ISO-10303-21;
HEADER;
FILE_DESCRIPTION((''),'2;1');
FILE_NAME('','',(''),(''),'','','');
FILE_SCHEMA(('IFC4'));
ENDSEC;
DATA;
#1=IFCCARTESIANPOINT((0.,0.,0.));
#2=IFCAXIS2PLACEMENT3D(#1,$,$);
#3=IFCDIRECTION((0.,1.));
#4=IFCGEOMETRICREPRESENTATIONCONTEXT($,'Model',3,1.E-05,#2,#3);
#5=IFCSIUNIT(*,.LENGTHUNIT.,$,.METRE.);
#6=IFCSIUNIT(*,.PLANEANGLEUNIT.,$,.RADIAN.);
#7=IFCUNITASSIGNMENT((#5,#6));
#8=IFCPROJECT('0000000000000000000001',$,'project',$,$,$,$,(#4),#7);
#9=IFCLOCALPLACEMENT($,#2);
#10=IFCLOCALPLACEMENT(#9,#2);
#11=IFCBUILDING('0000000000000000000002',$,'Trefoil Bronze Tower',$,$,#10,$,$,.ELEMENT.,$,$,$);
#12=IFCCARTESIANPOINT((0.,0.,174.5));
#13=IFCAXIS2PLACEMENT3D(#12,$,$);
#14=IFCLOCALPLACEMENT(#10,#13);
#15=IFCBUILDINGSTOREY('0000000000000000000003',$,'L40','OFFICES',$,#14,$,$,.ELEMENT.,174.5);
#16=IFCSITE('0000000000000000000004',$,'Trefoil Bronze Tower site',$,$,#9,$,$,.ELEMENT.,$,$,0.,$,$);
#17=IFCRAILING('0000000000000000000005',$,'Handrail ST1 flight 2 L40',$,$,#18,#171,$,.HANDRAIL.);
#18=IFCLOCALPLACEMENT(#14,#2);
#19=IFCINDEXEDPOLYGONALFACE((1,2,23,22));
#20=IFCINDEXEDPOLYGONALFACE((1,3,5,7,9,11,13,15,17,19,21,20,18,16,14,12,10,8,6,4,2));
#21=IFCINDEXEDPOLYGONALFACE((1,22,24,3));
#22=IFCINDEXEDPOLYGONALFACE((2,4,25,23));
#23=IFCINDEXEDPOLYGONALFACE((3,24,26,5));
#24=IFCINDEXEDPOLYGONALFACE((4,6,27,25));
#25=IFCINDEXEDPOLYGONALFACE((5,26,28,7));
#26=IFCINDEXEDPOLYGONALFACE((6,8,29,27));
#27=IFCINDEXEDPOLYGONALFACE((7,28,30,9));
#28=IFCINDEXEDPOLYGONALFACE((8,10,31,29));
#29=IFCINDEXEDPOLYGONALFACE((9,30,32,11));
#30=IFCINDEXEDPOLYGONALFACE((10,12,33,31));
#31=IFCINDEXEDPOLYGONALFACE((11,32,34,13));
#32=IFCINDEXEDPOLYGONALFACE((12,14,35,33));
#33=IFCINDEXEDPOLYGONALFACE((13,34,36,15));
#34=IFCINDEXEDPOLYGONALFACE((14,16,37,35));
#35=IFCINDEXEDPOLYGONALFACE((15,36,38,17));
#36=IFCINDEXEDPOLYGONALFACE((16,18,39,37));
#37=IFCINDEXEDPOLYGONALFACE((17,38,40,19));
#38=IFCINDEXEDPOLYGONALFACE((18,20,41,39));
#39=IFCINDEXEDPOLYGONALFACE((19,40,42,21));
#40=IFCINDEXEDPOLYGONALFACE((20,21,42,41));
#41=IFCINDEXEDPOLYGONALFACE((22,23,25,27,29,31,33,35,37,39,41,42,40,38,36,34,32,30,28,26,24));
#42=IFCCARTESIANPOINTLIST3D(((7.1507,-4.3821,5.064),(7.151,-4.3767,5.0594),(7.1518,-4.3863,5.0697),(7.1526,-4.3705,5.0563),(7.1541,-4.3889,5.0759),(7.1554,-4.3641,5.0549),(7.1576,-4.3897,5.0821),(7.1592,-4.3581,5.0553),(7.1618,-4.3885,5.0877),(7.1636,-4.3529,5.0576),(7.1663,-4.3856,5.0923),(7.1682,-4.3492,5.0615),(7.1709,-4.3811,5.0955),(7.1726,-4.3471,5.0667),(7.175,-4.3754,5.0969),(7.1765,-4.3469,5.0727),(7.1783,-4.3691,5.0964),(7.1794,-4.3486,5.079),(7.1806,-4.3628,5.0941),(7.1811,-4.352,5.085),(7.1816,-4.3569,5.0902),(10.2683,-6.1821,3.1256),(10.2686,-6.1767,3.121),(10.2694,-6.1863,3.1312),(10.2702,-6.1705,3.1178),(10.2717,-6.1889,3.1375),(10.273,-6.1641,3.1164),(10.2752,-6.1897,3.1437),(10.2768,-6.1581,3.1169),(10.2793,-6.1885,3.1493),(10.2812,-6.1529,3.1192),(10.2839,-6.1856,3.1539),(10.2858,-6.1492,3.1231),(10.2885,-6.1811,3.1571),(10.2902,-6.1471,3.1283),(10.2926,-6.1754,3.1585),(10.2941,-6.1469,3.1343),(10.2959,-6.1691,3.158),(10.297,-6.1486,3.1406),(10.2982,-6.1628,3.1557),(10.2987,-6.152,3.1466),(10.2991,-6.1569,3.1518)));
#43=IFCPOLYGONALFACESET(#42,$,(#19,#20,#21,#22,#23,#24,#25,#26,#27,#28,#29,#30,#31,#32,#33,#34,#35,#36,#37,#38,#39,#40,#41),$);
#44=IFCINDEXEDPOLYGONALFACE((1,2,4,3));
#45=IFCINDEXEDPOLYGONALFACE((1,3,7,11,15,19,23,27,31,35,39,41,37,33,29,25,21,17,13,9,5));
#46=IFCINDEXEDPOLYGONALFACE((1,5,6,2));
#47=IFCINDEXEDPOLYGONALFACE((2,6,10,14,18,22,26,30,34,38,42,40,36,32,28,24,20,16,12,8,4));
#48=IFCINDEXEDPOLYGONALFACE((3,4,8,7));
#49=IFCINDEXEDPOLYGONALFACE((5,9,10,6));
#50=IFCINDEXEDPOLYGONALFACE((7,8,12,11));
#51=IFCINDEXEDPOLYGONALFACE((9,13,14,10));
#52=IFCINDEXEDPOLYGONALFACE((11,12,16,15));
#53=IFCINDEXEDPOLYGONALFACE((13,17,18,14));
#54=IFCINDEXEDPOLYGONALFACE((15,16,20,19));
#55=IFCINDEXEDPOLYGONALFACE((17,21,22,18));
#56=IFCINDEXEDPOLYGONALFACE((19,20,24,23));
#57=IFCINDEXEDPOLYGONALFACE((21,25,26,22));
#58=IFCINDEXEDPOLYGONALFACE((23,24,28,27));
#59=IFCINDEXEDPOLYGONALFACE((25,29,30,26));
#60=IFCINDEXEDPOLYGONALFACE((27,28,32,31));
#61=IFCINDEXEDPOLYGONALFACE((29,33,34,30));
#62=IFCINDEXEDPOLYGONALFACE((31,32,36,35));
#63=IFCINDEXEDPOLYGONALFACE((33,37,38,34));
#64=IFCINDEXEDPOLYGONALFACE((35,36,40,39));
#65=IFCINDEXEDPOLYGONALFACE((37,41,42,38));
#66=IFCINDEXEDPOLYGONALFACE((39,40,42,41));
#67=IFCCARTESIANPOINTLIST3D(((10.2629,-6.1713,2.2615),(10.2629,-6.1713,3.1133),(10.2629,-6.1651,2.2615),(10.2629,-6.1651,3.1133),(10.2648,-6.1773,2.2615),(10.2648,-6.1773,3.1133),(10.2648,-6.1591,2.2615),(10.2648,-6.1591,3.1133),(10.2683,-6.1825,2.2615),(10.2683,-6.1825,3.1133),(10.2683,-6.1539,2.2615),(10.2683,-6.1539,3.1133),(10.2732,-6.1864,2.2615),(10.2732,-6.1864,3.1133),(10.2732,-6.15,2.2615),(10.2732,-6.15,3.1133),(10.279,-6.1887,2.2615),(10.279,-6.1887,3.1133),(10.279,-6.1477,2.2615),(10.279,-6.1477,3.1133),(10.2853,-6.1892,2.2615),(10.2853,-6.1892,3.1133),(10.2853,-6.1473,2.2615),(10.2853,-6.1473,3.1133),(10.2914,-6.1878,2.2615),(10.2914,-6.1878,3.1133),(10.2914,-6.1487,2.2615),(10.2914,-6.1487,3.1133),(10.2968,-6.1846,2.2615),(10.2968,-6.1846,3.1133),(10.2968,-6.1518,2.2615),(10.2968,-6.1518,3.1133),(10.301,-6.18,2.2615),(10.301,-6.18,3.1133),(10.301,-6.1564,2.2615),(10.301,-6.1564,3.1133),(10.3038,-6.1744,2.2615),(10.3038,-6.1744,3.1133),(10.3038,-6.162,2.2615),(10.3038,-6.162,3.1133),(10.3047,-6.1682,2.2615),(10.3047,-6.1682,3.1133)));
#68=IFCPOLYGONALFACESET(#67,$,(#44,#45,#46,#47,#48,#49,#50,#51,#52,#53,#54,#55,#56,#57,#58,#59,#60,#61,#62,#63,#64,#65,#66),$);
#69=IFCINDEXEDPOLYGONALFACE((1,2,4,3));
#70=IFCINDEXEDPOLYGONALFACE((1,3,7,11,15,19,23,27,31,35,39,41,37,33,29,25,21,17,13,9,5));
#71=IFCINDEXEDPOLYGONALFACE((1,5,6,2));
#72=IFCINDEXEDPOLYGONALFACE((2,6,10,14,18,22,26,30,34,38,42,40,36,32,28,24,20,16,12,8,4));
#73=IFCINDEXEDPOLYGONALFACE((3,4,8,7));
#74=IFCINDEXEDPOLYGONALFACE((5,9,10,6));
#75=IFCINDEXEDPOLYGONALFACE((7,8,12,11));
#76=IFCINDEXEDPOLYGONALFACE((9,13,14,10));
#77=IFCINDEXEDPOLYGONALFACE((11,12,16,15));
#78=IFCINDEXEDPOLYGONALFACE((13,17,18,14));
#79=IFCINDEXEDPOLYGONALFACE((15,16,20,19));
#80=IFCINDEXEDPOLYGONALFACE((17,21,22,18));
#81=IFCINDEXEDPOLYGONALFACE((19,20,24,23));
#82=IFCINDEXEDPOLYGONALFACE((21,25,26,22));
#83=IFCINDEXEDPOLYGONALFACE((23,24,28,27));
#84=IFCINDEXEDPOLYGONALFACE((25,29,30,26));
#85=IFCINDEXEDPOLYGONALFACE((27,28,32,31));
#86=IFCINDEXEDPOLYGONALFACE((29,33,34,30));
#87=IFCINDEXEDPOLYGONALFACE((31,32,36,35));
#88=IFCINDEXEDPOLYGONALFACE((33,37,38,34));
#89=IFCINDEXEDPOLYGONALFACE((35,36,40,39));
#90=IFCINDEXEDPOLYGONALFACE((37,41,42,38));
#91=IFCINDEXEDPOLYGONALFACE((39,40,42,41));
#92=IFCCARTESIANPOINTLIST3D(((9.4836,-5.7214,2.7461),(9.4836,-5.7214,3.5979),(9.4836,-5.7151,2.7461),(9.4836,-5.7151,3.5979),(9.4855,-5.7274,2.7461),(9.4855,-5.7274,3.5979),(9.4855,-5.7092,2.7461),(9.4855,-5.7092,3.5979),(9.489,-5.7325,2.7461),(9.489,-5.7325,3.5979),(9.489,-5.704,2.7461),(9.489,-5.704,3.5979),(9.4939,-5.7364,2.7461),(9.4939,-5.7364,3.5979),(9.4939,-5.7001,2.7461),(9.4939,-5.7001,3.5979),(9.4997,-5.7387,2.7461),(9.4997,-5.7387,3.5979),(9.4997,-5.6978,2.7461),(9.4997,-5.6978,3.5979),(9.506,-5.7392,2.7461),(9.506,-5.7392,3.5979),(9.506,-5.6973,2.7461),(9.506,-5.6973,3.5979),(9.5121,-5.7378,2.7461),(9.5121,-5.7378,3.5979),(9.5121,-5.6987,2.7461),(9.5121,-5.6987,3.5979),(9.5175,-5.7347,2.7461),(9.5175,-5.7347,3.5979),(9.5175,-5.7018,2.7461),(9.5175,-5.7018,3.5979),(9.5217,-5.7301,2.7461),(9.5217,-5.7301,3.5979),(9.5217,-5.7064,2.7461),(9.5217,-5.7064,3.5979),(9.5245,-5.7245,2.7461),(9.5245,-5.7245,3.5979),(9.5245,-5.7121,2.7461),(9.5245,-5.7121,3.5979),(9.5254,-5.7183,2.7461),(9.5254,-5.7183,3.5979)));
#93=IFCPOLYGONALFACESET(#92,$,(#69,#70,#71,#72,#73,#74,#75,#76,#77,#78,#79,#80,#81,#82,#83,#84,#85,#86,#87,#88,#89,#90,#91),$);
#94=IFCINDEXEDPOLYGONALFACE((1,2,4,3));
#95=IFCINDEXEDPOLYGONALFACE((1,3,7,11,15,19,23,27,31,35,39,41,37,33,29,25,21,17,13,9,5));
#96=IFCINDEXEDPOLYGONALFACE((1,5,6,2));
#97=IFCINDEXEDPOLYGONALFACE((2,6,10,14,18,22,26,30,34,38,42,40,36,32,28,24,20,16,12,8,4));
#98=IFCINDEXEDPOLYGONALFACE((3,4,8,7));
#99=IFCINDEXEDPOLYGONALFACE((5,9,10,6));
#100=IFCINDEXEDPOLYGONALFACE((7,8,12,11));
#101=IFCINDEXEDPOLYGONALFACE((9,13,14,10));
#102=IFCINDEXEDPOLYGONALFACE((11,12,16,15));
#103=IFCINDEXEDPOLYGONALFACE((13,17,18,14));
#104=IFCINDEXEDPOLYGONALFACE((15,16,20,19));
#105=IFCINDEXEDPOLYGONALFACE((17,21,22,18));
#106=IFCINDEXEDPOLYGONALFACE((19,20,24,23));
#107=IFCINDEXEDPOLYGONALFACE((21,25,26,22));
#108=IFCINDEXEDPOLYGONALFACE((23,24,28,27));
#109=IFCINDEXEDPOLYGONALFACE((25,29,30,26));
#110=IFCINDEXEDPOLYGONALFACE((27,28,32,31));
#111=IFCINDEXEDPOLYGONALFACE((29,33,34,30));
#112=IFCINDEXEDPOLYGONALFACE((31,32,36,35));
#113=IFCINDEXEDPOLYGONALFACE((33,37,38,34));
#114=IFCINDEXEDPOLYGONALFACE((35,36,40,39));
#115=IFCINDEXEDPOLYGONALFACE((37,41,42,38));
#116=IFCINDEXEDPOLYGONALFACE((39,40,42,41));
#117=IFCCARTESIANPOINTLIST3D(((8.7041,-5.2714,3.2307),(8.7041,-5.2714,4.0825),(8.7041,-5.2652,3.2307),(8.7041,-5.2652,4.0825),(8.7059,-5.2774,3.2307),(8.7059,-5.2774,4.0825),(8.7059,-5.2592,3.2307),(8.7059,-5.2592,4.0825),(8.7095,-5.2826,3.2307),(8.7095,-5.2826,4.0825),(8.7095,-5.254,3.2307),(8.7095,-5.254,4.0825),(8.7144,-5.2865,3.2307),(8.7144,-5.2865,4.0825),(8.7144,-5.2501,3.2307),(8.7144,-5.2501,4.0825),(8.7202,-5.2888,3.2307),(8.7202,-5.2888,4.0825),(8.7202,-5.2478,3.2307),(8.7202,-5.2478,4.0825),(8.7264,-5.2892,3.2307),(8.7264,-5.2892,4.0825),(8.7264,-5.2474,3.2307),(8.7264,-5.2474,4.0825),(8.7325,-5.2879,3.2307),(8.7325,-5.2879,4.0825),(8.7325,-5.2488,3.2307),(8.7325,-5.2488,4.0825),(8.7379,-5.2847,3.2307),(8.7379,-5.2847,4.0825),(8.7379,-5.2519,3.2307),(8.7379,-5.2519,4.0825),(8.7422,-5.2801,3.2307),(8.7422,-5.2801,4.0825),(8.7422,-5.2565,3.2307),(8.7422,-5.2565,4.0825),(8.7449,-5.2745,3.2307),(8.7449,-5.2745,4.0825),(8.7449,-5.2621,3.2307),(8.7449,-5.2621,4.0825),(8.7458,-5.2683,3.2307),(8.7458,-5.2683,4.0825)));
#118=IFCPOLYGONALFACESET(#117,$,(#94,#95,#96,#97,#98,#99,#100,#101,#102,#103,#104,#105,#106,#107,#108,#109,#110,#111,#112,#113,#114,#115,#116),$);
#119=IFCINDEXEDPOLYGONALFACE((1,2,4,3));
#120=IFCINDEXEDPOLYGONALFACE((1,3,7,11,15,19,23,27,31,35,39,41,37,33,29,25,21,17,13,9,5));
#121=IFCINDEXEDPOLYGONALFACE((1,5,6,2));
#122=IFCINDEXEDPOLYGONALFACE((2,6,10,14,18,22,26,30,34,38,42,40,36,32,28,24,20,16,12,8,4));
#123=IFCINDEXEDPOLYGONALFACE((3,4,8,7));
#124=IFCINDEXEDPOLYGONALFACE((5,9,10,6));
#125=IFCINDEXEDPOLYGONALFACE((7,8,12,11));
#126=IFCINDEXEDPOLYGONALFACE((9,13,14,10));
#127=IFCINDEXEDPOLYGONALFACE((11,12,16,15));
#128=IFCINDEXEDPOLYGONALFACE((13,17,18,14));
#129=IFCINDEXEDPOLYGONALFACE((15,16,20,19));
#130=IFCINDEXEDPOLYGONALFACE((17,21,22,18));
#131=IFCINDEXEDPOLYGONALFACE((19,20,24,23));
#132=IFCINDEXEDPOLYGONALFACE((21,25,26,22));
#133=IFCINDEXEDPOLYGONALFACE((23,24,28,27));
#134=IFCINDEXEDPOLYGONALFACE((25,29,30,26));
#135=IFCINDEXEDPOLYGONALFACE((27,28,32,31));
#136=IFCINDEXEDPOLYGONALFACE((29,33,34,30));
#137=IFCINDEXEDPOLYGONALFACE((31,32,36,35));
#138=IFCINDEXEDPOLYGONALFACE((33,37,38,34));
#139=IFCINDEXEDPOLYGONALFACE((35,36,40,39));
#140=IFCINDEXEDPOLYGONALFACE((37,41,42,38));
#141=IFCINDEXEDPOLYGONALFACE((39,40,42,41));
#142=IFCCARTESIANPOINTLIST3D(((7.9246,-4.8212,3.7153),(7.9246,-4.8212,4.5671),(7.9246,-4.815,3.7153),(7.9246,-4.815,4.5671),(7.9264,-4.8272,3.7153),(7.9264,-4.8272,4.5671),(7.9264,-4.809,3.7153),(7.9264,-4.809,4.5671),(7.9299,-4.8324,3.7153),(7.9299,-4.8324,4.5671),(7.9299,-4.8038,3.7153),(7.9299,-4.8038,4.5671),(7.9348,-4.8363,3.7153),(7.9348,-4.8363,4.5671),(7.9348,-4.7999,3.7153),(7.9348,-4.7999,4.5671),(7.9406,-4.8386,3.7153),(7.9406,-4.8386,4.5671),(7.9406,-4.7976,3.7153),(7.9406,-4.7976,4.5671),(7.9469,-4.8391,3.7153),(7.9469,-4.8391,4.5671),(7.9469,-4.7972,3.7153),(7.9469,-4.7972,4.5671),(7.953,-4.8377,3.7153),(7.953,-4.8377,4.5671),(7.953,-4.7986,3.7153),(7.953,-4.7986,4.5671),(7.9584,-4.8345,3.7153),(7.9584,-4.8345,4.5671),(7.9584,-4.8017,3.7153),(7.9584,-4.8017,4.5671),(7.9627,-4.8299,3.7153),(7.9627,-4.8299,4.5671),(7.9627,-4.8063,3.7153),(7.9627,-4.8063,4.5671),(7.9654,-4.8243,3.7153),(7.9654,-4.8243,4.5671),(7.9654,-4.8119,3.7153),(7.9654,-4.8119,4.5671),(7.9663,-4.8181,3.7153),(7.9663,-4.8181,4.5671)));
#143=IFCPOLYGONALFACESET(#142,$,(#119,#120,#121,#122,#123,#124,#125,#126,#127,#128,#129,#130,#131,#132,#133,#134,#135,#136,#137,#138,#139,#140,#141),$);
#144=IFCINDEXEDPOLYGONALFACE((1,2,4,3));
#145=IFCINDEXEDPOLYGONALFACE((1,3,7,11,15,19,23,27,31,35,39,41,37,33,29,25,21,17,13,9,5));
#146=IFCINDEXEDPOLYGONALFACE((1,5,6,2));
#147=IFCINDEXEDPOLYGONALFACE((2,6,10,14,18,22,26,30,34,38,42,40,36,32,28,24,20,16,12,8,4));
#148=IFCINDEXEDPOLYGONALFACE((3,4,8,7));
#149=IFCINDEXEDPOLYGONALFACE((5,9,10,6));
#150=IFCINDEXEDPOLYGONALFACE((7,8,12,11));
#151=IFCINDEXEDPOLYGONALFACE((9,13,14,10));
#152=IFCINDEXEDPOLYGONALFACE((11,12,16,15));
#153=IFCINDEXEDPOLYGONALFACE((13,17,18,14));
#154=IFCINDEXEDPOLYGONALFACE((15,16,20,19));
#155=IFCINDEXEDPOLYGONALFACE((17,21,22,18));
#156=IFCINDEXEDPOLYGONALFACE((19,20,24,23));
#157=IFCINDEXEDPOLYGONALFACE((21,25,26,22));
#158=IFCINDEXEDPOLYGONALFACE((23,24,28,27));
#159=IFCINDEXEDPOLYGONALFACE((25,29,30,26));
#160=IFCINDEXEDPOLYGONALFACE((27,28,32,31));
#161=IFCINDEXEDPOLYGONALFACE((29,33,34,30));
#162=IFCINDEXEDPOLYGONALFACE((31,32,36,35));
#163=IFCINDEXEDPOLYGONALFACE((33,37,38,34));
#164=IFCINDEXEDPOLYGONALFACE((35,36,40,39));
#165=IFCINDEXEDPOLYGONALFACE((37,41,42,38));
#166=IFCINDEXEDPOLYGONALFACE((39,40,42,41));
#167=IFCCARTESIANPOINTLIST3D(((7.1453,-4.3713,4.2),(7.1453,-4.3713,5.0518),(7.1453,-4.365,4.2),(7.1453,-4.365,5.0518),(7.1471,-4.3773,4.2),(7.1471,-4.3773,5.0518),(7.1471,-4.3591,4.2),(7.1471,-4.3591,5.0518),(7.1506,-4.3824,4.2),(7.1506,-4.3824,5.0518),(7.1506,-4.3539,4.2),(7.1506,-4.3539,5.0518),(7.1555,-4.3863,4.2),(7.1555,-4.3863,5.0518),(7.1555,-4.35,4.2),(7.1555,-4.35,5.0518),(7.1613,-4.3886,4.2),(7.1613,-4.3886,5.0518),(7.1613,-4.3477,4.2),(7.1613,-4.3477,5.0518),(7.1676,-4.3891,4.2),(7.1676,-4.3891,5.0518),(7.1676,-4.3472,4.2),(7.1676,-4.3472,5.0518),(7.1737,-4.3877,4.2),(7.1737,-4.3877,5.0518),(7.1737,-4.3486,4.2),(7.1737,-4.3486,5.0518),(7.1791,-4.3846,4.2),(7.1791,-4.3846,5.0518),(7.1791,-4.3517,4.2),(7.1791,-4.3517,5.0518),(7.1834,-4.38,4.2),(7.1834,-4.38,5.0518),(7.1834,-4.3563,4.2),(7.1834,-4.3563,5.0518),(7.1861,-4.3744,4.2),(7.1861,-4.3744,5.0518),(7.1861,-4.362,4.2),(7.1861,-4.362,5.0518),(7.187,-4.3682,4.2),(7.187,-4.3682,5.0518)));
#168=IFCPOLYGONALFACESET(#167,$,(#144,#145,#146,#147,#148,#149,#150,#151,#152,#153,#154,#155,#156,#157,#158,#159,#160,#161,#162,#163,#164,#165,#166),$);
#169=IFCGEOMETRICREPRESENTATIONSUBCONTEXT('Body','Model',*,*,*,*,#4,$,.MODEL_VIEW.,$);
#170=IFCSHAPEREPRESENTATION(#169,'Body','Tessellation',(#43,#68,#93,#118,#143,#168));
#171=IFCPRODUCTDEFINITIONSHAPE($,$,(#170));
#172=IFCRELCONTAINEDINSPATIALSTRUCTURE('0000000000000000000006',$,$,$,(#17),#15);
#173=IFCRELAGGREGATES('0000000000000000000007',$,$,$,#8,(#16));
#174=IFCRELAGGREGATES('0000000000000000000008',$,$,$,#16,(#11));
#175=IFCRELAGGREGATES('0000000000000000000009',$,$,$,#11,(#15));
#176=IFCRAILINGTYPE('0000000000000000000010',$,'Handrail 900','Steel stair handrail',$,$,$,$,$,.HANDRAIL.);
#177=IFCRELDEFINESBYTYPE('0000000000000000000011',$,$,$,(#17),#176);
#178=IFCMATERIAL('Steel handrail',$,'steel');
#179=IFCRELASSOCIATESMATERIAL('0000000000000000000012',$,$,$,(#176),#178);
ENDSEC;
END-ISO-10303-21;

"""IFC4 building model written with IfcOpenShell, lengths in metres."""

from ifc_helpers import new_model, si_unit, direction, frame, origin, origin_2d, place, context, subcontext, project, spatial, circle, extrude, material, type_object, element, save


model = new_model("IFC4")

# Units and contexts
model_context = context("Model", 3, precision=1e-05, world=origin(), true_north=direction((0.0, 1.0)))
body_context = subcontext(model_context, "Body", "Model", "MODEL_VIEW")
ifc_project = project(units=[si_unit("LENGTHUNIT", "METRE"), si_unit("PLANEANGLEUNIT", "RADIAN")], contexts=[model_context])

# Site, building, storey
site_placement = place(None, origin())
site = spatial("IfcSite", under=ifc_project, at=site_placement, Name="Trefoil Bronze Tower site", CompositionType="ELEMENT", RefElevation=0.0)
building_placement = place(site_placement, origin())
building = spatial("IfcBuilding", under=site, at=building_placement, Name="Trefoil Bronze Tower", CompositionType="ELEMENT")
storey_placement = place(building_placement, frame((0.0, 0.0, 174.5)))
storey = spatial("IfcBuildingStorey", under=building, at=storey_placement, Name="L40", Description="OFFICES", CompositionType="ELEMENT", Elevation=174.5)

# Railing
ifc_material_1 = material(Name="Steel handrail", Category="steel")
railing_type = type_object("IfcRailingType", Name="Handrail 900", Description="Steel stair handrail", PredefinedType="HANDRAIL", material=ifc_material_1)
railing_placement = place(storey_placement, frame((10.2837, -6.1682, 2.2615)))
element("IfcRailing", 1, at=railing_placement, inside=storey, type_object=railing_type, Name="Handrail ST1 flight 2 L40", PredefinedType="HANDRAIL", context=body_context, shape_type="SweptSolid", body=[
    extrude(circle(Radius=0.0239, at=origin_2d()), frame((0.0, 0.0, 0.876), z_axis=(-0.762503, 0.440246, 0.474102), x_axis=(-0.500012, -0.866018, 0.0)), (0.0, 0.0, 1.0), 4.0886),
    extrude(circle(Radius=0.021, at=origin_2d()), origin(), (0.0, 0.0, 1.0), 0.8518),
    extrude(circle(Radius=0.021, at=origin_2d()), frame((-0.7793, 0.45, 0.4846)), (0.0, 0.0, 1.0), 0.8518),
    extrude(circle(Radius=0.021, at=origin_2d()), frame((-1.5588, 0.8999, 0.9692)), (0.0, 0.0, 1.0), 0.8518),
    extrude(circle(Radius=0.021, at=origin_2d()), frame((-2.3384, 1.3501, 1.4539)), (0.0, 0.0, 1.0), 0.8518),
    extrude(circle(Radius=0.021, at=origin_2d()), frame((-3.1177, 1.8, 1.9385)), (0.0, 0.0, 1.0), 0.8518),
])

save(model, "model.ifc")
